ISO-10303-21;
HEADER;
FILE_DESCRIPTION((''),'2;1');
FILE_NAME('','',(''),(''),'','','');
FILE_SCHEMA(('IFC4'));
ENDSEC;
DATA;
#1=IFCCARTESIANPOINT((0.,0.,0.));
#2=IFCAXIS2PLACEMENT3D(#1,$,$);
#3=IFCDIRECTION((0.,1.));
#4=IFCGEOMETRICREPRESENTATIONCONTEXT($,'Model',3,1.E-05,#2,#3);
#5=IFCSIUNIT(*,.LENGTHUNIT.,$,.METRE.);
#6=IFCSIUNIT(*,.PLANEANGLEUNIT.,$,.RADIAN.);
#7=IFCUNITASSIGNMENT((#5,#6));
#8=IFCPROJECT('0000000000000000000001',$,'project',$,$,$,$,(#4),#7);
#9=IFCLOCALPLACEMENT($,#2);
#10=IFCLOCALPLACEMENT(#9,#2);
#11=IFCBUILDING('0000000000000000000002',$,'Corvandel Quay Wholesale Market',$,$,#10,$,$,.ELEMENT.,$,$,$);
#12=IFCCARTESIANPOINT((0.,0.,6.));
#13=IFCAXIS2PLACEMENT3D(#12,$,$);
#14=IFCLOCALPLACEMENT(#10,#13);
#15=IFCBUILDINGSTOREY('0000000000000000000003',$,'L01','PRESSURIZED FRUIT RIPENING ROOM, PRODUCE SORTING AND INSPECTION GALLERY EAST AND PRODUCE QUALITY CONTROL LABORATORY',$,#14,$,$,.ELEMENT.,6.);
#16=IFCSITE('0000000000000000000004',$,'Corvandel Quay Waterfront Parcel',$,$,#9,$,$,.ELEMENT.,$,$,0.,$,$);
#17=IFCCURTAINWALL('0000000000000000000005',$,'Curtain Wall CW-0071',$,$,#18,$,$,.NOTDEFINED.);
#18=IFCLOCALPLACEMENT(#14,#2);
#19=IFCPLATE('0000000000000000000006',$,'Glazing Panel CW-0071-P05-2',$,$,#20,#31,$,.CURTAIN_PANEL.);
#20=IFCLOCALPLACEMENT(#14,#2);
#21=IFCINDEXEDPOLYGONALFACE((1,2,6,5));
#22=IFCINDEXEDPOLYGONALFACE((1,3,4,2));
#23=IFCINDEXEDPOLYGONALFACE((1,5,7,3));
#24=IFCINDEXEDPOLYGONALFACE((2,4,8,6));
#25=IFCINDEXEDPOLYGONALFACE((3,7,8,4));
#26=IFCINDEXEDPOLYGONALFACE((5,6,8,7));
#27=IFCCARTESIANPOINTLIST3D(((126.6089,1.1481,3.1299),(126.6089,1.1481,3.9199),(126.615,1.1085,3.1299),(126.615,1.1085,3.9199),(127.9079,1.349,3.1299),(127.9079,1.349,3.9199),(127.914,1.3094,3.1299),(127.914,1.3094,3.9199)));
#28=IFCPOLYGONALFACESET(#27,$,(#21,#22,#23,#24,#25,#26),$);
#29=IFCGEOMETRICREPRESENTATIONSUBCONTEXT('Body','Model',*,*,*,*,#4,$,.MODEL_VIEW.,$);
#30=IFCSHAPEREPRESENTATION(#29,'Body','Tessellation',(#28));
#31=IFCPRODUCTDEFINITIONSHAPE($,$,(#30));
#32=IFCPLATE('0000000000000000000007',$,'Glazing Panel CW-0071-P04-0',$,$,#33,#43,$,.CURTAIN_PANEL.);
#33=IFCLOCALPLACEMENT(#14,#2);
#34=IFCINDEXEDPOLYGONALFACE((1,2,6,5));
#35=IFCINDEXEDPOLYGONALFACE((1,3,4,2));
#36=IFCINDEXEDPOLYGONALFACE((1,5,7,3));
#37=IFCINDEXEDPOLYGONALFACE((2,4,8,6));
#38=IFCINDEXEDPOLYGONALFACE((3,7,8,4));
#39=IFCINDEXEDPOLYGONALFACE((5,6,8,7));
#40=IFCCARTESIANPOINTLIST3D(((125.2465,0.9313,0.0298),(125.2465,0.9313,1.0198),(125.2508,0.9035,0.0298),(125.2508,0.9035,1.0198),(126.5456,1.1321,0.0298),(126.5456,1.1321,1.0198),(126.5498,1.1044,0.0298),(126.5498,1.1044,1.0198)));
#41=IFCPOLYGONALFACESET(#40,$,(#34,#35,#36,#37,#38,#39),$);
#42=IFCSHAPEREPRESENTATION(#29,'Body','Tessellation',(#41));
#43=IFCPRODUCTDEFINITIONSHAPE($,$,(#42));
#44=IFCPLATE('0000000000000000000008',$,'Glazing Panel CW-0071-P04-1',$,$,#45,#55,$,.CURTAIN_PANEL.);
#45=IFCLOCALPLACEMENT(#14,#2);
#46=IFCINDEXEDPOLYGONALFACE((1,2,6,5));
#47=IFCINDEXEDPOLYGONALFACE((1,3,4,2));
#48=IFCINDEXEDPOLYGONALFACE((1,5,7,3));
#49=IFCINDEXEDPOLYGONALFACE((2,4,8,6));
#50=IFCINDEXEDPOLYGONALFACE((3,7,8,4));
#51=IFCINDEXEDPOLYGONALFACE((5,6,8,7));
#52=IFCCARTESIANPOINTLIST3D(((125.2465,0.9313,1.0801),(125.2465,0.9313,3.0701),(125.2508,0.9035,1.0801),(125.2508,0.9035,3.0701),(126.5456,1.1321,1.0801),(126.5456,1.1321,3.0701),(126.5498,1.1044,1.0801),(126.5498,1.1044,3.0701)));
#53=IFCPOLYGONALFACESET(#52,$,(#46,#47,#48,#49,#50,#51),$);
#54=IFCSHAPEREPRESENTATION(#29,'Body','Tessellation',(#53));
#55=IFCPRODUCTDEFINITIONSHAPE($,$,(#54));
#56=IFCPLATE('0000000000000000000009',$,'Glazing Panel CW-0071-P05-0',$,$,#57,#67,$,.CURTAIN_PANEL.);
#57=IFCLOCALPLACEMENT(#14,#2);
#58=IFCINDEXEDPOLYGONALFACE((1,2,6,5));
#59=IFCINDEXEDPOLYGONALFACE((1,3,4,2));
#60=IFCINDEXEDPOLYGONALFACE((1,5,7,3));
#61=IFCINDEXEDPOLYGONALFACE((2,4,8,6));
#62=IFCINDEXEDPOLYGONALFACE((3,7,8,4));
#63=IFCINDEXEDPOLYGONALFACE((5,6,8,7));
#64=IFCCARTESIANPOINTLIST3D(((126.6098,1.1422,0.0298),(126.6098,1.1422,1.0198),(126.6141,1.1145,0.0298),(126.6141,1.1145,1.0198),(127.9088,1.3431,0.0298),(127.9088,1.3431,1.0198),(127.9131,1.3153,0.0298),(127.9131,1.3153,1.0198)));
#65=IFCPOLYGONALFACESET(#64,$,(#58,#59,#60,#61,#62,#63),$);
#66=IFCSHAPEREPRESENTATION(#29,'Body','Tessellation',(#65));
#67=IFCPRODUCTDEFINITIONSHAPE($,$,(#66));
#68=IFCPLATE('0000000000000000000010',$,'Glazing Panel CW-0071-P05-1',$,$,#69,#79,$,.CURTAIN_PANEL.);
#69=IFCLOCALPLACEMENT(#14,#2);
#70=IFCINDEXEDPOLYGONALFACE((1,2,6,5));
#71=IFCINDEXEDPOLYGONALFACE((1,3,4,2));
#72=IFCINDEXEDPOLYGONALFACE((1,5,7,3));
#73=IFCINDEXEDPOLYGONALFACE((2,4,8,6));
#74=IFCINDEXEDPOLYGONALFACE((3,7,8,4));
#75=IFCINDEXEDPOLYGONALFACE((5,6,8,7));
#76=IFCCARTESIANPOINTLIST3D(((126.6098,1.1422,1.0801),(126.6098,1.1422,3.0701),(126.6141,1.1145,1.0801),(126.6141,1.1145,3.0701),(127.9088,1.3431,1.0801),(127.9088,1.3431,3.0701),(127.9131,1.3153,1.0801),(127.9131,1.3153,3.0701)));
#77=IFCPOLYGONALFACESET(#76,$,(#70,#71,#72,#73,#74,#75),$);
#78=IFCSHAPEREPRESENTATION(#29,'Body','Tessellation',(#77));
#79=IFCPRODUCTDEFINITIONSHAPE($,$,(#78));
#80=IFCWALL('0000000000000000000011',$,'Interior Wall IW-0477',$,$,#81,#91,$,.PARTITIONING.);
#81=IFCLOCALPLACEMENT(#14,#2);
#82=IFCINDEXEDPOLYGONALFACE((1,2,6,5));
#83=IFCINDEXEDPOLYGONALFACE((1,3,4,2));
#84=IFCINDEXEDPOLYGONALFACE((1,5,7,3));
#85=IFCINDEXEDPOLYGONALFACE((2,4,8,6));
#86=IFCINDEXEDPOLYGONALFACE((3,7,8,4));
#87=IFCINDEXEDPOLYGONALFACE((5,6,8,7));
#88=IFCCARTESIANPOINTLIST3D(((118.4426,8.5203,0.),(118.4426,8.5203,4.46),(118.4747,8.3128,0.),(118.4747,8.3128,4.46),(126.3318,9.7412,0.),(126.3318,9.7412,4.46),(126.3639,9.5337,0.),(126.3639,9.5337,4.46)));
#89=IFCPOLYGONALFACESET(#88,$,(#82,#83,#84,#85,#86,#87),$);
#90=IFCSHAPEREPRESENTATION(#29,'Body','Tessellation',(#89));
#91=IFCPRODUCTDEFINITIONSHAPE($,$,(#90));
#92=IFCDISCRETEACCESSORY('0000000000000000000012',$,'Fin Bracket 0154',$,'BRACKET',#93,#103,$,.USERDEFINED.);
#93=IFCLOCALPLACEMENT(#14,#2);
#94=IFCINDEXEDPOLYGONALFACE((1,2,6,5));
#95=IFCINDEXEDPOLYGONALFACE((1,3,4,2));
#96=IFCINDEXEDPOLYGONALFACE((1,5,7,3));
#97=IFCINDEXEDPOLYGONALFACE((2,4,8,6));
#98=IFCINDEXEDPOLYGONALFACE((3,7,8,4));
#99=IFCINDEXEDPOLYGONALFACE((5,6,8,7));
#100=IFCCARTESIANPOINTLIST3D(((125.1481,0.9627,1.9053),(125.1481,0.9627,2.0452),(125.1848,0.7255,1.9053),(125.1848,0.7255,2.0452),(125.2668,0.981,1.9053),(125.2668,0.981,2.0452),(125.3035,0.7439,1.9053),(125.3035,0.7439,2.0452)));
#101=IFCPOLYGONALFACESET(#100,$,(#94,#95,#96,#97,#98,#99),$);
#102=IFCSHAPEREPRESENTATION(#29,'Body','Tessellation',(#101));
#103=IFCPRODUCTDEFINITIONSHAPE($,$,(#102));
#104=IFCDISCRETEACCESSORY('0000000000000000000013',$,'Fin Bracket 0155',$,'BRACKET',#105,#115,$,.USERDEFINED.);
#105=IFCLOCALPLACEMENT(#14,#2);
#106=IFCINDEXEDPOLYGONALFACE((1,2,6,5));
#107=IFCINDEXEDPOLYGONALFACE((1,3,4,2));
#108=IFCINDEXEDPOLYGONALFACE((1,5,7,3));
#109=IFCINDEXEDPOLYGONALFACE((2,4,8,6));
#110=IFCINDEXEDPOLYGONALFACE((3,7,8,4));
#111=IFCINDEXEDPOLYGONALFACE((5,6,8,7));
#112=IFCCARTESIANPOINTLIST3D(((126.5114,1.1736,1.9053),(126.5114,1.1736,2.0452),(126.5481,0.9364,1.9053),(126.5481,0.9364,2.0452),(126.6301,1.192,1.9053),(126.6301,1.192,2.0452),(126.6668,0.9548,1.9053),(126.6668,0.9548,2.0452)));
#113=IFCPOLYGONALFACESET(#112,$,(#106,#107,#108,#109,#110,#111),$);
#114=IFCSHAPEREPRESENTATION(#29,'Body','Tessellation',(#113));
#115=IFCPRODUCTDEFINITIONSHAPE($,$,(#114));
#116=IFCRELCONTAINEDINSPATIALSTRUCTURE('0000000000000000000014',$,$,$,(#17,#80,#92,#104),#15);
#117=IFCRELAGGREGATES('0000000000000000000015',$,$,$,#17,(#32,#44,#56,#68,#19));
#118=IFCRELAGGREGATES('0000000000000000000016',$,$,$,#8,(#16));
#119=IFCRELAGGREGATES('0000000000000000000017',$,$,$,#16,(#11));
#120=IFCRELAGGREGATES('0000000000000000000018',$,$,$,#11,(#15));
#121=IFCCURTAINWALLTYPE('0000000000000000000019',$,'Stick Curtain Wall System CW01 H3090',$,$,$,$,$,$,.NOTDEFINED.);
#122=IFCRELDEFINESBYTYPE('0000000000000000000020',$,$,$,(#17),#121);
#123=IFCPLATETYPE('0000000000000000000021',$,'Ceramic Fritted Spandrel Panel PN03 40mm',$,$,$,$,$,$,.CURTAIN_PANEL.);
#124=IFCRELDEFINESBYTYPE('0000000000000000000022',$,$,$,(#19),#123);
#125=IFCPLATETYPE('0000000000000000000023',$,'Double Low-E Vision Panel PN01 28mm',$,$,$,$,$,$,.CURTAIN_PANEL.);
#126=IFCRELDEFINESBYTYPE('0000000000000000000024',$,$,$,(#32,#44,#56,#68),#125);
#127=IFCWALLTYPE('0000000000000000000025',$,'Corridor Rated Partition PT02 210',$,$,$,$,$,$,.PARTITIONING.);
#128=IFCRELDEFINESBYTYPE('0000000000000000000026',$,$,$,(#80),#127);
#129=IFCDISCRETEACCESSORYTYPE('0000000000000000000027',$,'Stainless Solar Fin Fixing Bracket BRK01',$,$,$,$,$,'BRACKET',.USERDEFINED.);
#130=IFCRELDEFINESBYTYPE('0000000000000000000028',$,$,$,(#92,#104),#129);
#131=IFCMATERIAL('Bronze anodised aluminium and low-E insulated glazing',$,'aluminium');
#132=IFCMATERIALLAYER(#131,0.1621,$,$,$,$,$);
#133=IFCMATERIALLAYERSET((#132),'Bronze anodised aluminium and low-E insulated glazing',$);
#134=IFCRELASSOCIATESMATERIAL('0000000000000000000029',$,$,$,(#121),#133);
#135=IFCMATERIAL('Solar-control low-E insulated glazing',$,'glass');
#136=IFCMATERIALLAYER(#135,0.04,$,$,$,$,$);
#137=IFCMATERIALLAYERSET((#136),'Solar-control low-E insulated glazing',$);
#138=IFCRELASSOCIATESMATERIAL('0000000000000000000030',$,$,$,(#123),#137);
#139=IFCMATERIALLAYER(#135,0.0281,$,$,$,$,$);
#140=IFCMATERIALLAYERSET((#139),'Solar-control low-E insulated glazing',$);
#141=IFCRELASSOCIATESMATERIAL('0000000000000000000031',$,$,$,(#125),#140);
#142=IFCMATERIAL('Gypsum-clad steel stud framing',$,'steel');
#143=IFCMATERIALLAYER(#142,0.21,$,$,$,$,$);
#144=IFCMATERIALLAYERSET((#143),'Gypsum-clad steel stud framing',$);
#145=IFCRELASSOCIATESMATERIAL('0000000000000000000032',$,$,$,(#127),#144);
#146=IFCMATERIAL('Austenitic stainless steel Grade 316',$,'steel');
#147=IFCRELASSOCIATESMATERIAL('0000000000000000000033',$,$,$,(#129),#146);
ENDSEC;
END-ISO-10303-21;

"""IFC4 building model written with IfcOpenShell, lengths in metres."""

from ifc_helpers import new_model, si_unit, direction, frame, frame_2d, origin, origin_2d, place, context, subcontext, project, spatial, rectangle, extrude, material, layer, layer_set, type_object, element, aggregate, save


model = new_model("IFC4")

# Units and contexts
model_context = context("Model", 3, precision=1e-05, world=origin(), true_north=direction((0.0, 1.0)))
body_context = subcontext(model_context, "Body", "Model", "MODEL_VIEW")
ifc_project = project(units=[si_unit("LENGTHUNIT", "METRE"), si_unit("PLANEANGLEUNIT", "RADIAN")], contexts=[model_context])

# Site, building, storey
site_placement = place(None, origin())
site = spatial("IfcSite", under=ifc_project, at=site_placement, Name="Corvandel Quay Waterfront Parcel", CompositionType="ELEMENT", RefElevation=0.0)
building_placement = place(site_placement, origin())
building = spatial("IfcBuilding", under=site, at=building_placement, Name="Corvandel Quay Wholesale Market", CompositionType="ELEMENT")
storey_placement = place(building_placement, frame((0.0, 0.0, 6.0)))
storey = spatial("IfcBuildingStorey", under=building, at=storey_placement, Name="L01", Description="PRESSURIZED FRUIT RIPENING ROOM, PRODUCE SORTING AND INSPECTION GALLERY EAST AND PRODUCE QUALITY CONTROL LABORATORY", CompositionType="ELEMENT", Elevation=6.0)

# Curtain wall
ifc_material_1 = material(Name="Bronze anodised aluminium and low-E insulated glazing", Category="aluminium")
ifc_layer_1 = layer(ifc_material_1, 0.1621)
ifc_layer_set_1 = layer_set([ifc_layer_1], Name="Bronze anodised aluminium and low-E insulated glazing")
curtain_wall_type_1 = type_object("IfcCurtainWallType", Name="Stick Curtain Wall System CW01 H3090", PredefinedType="NOTDEFINED", material=ifc_layer_set_1)
curtain_wall_1_placement = place(storey_placement, origin())
curtain_wall_1 = element("IfcCurtainWall", 1, at=curtain_wall_1_placement, inside=storey, type_object=curtain_wall_type_1, Name="Curtain Wall CW-0071", PredefinedType="NOTDEFINED")

# Plates
ifc_material_2 = material(Name="Solar-control low-E insulated glazing", Category="glass")
ifc_layer_2 = layer(ifc_material_2, 0.04)
ifc_layer_set_2 = layer_set([ifc_layer_2], Name="Solar-control low-E insulated glazing")
plate_type_1 = type_object("IfcPlateType", Name="Ceramic Fritted Spandrel Panel PN03 40mm", PredefinedType="CURTAIN_PANEL", material=ifc_layer_set_2)
plate_1_placement = place(storey_placement, frame((127.2615, 1.2288, 3.1299), z_axis=(0.0, 0.0, 1.0), x_axis=(0.988255, 0.152813, 0.0)))
plate_1 = element("IfcPlate", 2, at=plate_1_placement, type_object=plate_type_1, Name="Glazing Panel CW-0071-P05-2", PredefinedType="CURTAIN_PANEL", context=body_context, shape_type="SweptSolid", body=[
    extrude(rectangle(XDim=1.3145, YDim=0.04, at=origin_2d()), origin(), (0.0, 0.0, 1.0), 0.79),
])
ifc_layer_3 = layer(ifc_material_2, 0.0281)
ifc_layer_set_3 = layer_set([ifc_layer_3], Name="Solar-control low-E insulated glazing")
plate_type_2 = type_object("IfcPlateType", Name="Double Low-E Vision Panel PN01 28mm", PredefinedType="CURTAIN_PANEL", material=ifc_layer_set_3)
plate_2_placement = place(storey_placement, frame((125.8982, 1.0178, 0.0298), z_axis=(0.0, 0.0, 1.0), x_axis=(0.988255, 0.152813, 0.0)))
plate_2 = element("IfcPlate", 3, at=plate_2_placement, type_object=plate_type_2, Name="Glazing Panel CW-0071-P04-0", PredefinedType="CURTAIN_PANEL", context=body_context, shape_type="SweptSolid", body=[
    extrude(rectangle(XDim=1.3145, YDim=0.0281, at=origin_2d()), origin(), (0.0, 0.0, 1.0), 0.99),
])
plate_3_placement = place(storey_placement, frame((125.8982, 1.0178, 1.0801), z_axis=(0.0, 0.0, 1.0), x_axis=(0.988255, 0.152813, 0.0)))
plate_3 = element("IfcPlate", 4, at=plate_3_placement, type_object=plate_type_2, Name="Glazing Panel CW-0071-P04-1", PredefinedType="CURTAIN_PANEL", context=body_context, shape_type="SweptSolid", body=[
    extrude(rectangle(XDim=1.3145, YDim=0.0281, at=origin_2d()), origin(), (0.0, 0.0, 1.0), 1.99),
])
plate_4_placement = place(storey_placement, frame((127.2615, 1.2288, 0.0298), z_axis=(0.0, 0.0, 1.0), x_axis=(0.988255, 0.152813, 0.0)))
plate_4 = element("IfcPlate", 5, at=plate_4_placement, type_object=plate_type_2, Name="Glazing Panel CW-0071-P05-0", PredefinedType="CURTAIN_PANEL", context=body_context, shape_type="SweptSolid", body=[
    extrude(rectangle(XDim=1.3145, YDim=0.0281, at=origin_2d()), origin(), (0.0, 0.0, 1.0), 0.99),
])
plate_5_placement = place(storey_placement, frame((127.2615, 1.2288, 1.0801), z_axis=(0.0, 0.0, 1.0), x_axis=(0.988255, 0.152813, 0.0)))
plate_5 = element("IfcPlate", 6, at=plate_5_placement, type_object=plate_type_2, Name="Glazing Panel CW-0071-P05-1", PredefinedType="CURTAIN_PANEL", context=body_context, shape_type="SweptSolid", body=[
    extrude(rectangle(XDim=1.3145, YDim=0.0281, at=origin_2d()), origin(), (0.0, 0.0, 1.0), 1.99),
])
aggregate(curtain_wall_1, [plate_2, plate_3, plate_4, plate_5, plate_1])

# Wall
ifc_material_3 = material(Name="Gypsum-clad steel stud framing", Category="steel")
ifc_layer_4 = layer(ifc_material_3, 0.21)
ifc_layer_set_4 = layer_set([ifc_layer_4], Name="Gypsum-clad steel stud framing")
wall_type = type_object("IfcWallType", Name="Corridor Rated Partition PT02 210", PredefinedType="PARTITIONING", material=ifc_layer_set_4)
wall_placement = place(storey_placement, frame((118.4585, 8.4165, 0.0), z_axis=(0.0, 0.0, 1.0), x_axis=(0.988235, 0.152942, 0.0)))
element("IfcWall", 7, at=wall_placement, inside=storey, type_object=wall_type, Name="Interior Wall IW-0477", PredefinedType="PARTITIONING", context=body_context, shape_type="SweptSolid", body=[
    extrude(rectangle(XDim=7.9832, YDim=0.21, at=frame_2d((3.9917, 0.0))), origin(), (0.0, 0.0, 1.0), 4.46),
])

# Discrete accessories
ifc_material_4 = material(Name="Austenitic stainless steel Grade 316", Category="steel")
discrete_accessory_type = type_object("IfcDiscreteAccessoryType", Name="Stainless Solar Fin Fixing Bracket BRK01", ElementType="BRACKET", PredefinedType="USERDEFINED", material=ifc_material_4)
for number, where, z_axis, x_axis, name in (
    (8, (125.2258, 0.8533, 1.9053), (0.0, 0.0, 1.0), (-0.152813, 0.988255, 0.0), "Fin Bracket 0154"),
    (9, (126.5891, 1.0642, 1.9053), (0.0, 0.0, 1.0), (-0.152813, 0.988255, 0.0), "Fin Bracket 0155"),
):
    element("IfcDiscreteAccessory", number, at=place(storey_placement, frame(where, z_axis=z_axis, x_axis=x_axis)), inside=storey, type_object=discrete_accessory_type, Name=name, ObjectType="BRACKET", PredefinedType="USERDEFINED", context=body_context, shape_type="SweptSolid", body=[
        extrude(rectangle(XDim=0.24, YDim=0.1201, at=origin_2d()), origin(), (0.0, 0.0, 1.0), 0.1399),
    ])

save(model, "model.ifc")
